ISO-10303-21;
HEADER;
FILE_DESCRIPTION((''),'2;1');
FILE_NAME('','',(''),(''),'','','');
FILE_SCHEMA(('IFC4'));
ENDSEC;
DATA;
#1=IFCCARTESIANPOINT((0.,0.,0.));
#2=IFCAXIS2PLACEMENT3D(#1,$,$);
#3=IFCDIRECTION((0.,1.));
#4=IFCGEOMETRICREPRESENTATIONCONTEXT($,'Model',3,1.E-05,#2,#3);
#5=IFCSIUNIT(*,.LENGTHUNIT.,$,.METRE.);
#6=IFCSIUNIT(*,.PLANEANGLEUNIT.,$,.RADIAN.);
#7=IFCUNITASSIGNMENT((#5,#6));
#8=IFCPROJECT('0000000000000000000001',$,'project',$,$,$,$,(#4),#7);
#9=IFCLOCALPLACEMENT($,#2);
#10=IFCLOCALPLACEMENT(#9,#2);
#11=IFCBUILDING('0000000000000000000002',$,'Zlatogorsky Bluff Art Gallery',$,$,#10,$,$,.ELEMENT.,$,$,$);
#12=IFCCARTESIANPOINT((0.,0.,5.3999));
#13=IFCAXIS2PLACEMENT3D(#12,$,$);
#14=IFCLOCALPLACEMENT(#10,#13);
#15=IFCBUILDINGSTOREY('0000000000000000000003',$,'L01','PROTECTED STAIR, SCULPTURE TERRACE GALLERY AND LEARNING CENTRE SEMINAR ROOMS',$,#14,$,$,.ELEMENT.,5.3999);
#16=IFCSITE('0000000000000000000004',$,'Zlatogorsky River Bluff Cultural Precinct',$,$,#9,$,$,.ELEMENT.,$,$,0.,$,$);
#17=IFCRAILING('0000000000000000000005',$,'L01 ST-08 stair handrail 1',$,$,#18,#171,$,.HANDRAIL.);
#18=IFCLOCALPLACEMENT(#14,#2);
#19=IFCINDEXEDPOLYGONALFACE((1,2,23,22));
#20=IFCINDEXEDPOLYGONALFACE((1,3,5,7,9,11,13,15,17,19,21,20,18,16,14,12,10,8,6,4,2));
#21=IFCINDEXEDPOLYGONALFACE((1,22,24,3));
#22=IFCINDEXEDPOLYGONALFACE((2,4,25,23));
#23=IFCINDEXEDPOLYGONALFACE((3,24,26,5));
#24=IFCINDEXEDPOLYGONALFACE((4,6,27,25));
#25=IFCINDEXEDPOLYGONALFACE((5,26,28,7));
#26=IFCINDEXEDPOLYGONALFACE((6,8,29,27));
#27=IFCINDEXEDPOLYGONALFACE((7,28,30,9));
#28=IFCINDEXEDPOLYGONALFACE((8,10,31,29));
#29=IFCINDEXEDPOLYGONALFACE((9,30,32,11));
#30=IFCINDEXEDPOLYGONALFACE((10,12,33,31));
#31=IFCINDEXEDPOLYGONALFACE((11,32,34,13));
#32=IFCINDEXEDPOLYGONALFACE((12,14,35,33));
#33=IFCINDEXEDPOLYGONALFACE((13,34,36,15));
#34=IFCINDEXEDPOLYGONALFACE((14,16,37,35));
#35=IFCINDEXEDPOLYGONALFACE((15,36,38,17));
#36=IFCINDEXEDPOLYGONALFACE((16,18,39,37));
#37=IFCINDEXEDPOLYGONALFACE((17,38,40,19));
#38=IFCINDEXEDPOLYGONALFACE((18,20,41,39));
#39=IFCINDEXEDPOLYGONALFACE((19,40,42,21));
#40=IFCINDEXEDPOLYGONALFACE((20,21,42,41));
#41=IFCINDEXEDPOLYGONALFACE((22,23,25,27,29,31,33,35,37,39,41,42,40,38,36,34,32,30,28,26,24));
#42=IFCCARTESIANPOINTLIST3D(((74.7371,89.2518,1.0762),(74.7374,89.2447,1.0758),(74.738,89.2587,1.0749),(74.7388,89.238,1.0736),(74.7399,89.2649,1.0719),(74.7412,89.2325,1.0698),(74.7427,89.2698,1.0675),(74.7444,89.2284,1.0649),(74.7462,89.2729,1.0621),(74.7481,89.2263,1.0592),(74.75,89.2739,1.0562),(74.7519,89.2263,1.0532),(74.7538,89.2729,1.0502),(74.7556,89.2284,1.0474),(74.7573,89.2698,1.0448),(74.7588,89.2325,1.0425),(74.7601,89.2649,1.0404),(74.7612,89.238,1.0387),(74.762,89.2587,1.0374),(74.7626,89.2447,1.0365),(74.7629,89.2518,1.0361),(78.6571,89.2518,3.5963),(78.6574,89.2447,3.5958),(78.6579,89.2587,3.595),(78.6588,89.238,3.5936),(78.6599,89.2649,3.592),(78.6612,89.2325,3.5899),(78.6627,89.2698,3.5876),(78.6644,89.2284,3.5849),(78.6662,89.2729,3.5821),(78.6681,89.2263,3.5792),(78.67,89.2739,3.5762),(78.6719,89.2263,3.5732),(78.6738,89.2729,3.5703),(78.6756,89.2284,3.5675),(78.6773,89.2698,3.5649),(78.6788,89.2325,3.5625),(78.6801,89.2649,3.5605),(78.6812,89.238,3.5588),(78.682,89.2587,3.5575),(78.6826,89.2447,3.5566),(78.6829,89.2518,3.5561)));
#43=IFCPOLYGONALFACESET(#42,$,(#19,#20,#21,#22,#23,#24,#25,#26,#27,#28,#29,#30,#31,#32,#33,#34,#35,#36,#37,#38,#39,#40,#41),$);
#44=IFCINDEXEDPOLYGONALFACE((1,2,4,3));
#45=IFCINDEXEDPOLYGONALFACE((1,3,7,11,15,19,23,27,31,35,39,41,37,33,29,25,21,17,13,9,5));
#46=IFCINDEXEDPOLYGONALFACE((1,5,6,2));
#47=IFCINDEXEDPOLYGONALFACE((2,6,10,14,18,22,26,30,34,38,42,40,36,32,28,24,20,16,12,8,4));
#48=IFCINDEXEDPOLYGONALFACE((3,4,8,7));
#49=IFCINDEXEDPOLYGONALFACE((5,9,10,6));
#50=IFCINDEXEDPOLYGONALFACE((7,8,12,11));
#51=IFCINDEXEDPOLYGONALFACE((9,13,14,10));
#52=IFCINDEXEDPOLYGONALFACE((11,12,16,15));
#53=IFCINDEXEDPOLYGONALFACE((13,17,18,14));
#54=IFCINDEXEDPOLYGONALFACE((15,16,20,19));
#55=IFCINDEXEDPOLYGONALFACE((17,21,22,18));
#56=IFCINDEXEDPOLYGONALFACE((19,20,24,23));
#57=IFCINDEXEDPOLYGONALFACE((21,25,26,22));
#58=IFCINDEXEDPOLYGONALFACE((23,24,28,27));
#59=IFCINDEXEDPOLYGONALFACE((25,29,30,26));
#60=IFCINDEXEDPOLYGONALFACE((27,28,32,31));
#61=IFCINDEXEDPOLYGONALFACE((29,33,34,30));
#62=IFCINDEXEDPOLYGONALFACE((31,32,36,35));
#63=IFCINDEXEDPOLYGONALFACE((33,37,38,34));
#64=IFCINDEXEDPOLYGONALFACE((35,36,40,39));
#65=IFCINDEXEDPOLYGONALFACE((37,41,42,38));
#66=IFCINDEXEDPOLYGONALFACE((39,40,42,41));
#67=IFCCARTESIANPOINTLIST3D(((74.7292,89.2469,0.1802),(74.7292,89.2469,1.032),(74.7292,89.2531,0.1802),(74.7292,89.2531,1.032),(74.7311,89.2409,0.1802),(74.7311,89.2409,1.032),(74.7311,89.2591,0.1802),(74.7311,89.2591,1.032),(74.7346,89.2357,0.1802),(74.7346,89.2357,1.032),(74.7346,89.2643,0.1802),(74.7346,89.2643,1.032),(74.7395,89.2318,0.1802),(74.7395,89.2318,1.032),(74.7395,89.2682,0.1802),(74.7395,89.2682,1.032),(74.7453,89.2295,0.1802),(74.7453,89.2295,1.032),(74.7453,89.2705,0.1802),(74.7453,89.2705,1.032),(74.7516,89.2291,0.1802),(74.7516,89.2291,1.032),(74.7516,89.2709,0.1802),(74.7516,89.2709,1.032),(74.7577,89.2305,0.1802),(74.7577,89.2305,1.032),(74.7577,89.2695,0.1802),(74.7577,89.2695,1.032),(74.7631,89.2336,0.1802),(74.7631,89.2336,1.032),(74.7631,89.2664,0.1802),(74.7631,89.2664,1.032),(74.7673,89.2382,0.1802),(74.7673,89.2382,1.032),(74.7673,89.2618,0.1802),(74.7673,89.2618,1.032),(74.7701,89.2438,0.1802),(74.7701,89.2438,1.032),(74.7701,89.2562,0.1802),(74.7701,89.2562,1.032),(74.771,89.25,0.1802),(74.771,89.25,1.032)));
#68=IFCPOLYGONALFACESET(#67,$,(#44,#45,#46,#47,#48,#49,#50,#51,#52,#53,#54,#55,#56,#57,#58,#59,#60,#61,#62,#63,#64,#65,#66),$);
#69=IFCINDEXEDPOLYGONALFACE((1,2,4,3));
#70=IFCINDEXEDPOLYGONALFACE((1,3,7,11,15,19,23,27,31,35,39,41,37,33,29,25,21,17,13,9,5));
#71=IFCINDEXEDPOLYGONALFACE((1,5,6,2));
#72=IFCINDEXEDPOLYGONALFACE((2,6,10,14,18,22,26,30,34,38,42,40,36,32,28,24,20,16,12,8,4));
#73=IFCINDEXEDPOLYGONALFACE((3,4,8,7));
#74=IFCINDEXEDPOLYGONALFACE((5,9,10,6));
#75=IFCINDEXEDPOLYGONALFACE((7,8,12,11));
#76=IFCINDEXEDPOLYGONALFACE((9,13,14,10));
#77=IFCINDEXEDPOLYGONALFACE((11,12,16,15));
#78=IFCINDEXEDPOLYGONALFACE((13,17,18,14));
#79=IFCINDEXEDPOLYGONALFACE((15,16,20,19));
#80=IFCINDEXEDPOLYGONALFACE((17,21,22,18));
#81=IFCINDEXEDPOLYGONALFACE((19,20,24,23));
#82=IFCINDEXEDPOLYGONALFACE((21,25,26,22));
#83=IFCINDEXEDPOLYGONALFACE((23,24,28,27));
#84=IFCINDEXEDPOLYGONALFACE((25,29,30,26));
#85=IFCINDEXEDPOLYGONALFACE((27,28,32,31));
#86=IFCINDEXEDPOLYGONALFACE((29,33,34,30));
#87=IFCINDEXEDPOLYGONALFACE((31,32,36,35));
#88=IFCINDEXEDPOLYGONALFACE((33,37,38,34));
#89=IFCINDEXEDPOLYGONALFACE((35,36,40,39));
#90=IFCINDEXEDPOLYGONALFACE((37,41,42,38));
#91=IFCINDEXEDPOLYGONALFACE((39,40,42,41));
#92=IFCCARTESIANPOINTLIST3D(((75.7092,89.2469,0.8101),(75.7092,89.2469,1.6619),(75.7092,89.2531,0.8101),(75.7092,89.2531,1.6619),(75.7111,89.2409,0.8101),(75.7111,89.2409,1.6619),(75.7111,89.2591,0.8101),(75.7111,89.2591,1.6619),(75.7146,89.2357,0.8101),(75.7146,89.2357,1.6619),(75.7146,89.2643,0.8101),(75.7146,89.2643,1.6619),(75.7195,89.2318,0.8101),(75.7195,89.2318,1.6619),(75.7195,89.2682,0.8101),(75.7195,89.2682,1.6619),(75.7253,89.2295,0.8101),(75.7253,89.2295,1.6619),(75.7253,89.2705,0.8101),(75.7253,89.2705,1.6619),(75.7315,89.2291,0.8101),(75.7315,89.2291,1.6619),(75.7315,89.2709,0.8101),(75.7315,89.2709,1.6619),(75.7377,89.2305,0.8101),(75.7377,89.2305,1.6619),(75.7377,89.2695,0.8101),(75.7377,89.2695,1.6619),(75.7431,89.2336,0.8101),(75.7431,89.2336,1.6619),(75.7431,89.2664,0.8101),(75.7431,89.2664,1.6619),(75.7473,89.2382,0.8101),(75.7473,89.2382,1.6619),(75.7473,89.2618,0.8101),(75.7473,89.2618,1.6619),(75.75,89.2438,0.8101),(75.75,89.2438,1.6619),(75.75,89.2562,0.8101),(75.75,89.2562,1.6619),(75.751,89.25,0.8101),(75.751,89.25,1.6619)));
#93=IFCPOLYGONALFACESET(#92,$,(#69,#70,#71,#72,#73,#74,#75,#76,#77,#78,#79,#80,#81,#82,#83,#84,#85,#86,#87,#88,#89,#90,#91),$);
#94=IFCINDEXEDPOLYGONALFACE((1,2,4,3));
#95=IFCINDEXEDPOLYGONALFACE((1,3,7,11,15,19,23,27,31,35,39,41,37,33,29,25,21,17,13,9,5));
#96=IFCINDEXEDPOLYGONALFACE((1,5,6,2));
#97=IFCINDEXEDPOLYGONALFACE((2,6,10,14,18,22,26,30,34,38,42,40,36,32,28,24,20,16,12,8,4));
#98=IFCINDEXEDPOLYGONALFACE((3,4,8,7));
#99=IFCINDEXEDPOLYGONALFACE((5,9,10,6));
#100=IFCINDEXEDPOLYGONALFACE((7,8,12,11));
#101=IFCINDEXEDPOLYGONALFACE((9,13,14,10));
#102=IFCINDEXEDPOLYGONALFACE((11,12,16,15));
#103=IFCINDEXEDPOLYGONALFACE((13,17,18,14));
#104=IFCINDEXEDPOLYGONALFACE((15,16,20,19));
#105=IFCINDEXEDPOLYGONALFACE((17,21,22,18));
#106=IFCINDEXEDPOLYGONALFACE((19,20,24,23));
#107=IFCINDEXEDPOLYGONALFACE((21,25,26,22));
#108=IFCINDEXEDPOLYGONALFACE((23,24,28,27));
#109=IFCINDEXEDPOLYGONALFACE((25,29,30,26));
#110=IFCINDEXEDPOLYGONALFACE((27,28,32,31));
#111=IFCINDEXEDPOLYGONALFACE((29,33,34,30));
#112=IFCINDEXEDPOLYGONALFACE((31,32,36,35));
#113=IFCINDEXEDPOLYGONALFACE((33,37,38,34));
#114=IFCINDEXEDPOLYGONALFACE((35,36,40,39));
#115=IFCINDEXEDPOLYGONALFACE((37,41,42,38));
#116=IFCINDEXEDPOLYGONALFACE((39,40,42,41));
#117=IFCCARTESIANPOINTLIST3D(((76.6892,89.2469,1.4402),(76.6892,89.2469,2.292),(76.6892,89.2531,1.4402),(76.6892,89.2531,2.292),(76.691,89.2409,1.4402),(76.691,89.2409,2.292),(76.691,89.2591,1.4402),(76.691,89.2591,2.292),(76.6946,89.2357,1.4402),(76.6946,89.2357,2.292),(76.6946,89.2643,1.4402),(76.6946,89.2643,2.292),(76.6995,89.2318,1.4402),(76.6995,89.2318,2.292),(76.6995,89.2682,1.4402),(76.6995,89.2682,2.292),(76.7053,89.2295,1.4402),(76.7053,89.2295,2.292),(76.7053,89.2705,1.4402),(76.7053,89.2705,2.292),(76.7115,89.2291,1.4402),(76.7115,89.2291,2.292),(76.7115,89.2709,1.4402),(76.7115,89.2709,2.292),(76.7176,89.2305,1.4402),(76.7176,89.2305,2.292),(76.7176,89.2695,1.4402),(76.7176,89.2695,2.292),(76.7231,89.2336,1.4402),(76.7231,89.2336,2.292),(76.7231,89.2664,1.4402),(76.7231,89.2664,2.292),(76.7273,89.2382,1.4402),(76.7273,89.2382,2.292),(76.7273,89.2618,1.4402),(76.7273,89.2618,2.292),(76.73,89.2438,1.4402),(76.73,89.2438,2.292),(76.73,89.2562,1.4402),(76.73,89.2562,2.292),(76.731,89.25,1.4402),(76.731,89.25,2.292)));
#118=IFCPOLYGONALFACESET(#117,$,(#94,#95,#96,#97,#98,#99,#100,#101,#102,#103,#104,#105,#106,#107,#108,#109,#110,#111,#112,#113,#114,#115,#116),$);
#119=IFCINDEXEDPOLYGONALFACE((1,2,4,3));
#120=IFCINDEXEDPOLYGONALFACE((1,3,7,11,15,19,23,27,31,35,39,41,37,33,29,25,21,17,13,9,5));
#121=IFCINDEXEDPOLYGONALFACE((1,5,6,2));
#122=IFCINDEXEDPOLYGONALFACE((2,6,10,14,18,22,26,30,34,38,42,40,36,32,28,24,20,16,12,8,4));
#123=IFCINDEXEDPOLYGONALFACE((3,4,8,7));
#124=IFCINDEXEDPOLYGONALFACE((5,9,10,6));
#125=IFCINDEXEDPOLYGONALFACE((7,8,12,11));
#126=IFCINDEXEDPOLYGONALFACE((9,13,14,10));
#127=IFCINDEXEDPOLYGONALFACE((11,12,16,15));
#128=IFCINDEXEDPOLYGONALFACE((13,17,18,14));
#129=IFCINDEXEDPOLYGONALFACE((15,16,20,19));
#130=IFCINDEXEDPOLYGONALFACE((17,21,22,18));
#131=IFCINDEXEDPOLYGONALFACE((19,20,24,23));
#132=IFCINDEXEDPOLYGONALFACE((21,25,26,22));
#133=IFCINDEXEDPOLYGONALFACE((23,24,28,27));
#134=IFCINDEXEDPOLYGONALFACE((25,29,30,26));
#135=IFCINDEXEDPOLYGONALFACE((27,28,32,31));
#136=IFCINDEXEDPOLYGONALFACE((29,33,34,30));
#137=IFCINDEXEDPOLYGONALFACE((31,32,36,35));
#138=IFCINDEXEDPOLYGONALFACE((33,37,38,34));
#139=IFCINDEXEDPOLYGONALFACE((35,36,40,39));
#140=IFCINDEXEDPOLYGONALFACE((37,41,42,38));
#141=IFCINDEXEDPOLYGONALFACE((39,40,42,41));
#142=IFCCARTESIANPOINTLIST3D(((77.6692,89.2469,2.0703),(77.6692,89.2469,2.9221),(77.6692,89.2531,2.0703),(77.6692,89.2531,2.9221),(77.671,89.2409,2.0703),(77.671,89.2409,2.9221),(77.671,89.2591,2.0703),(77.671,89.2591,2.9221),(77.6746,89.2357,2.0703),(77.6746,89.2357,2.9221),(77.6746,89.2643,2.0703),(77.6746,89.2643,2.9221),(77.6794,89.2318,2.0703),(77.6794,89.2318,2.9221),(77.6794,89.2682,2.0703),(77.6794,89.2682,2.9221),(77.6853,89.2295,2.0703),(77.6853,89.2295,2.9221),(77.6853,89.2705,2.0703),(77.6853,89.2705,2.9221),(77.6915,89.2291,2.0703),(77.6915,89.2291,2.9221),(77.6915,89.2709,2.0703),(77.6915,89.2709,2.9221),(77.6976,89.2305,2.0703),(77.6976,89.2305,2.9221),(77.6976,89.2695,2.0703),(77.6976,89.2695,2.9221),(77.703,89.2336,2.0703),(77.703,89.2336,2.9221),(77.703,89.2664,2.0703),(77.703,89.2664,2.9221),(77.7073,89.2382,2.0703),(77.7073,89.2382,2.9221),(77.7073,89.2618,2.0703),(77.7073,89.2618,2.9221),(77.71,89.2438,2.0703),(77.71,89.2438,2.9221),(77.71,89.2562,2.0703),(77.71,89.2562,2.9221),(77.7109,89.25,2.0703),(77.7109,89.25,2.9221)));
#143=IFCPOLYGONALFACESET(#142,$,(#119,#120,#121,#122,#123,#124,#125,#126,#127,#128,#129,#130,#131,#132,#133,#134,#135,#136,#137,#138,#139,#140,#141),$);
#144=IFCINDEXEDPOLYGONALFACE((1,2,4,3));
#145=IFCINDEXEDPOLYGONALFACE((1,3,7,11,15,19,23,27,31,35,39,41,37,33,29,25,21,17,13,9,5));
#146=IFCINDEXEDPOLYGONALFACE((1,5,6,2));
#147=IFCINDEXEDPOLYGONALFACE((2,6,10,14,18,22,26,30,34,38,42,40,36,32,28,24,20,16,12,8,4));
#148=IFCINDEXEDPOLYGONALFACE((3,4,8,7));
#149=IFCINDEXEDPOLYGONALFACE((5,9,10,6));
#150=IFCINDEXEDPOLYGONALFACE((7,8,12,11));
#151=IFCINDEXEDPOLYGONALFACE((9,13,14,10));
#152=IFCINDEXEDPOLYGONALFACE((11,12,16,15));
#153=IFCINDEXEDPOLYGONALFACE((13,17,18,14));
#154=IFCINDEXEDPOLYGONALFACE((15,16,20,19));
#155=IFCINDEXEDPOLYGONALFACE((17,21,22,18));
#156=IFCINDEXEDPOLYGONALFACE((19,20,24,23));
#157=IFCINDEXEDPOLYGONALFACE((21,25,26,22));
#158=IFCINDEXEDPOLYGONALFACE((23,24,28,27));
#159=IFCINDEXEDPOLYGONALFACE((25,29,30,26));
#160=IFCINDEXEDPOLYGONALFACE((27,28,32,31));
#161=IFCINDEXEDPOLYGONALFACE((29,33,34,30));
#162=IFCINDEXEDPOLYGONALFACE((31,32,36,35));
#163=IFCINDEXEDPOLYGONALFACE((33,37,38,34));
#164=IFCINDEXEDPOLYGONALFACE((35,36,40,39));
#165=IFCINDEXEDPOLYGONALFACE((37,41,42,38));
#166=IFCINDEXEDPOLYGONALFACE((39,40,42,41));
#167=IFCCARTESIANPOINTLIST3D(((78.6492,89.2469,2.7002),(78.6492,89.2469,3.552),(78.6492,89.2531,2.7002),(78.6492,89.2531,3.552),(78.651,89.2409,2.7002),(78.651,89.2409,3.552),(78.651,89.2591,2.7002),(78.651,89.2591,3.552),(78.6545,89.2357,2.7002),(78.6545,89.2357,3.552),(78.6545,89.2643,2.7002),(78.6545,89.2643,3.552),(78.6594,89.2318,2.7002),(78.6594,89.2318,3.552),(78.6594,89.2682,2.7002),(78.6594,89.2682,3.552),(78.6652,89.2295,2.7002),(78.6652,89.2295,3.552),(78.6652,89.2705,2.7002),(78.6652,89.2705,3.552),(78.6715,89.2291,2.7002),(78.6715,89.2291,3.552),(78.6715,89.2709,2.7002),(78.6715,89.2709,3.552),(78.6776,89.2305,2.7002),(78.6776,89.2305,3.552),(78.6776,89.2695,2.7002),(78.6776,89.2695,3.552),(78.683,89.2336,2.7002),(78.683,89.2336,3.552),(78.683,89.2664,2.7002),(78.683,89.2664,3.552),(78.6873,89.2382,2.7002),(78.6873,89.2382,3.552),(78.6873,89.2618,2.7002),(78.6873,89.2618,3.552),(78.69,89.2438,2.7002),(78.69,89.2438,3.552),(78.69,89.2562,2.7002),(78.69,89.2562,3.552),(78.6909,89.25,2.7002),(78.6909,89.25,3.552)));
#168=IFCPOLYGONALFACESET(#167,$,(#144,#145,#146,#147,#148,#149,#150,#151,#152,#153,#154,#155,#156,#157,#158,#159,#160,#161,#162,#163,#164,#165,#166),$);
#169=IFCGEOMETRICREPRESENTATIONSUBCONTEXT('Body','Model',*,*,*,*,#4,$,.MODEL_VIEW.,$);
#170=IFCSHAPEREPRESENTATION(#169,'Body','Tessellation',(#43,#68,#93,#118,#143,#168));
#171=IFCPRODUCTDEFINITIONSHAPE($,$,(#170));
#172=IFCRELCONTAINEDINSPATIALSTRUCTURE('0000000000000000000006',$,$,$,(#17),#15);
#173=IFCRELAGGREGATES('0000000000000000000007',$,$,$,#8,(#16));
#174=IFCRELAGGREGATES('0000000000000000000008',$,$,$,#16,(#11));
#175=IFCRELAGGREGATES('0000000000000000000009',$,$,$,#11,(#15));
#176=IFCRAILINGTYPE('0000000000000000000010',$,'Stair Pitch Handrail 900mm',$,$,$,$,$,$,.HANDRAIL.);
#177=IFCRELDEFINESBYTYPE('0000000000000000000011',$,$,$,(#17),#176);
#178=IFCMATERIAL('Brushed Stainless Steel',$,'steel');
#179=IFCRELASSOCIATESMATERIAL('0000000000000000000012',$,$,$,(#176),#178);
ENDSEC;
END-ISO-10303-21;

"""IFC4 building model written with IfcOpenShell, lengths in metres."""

from ifc_helpers import new_model, si_unit, direction, frame, origin, origin_2d, place, context, subcontext, project, spatial, circle, extrude, material, type_object, element, save


model = new_model("IFC4")

# Units and contexts
model_context = context("Model", 3, precision=1e-05, world=origin(), true_north=direction((0.0, 1.0)))
body_context = subcontext(model_context, "Body", "Model", "MODEL_VIEW")
ifc_project = project(units=[si_unit("LENGTHUNIT", "METRE"), si_unit("PLANEANGLEUNIT", "RADIAN")], contexts=[model_context])

# Site, building, storey
site_placement = place(None, origin())
site = spatial("IfcSite", under=ifc_project, at=site_placement, Name="Zlatogorsky River Bluff Cultural Precinct", CompositionType="ELEMENT", RefElevation=0.0)
building_placement = place(site_placement, origin())
building = spatial("IfcBuilding", under=site, at=building_placement, Name="Zlatogorsky Bluff Art Gallery", CompositionType="ELEMENT")
storey_placement = place(building_placement, frame((0.0, 0.0, 5.3999)))
storey = spatial("IfcBuildingStorey", under=building, at=storey_placement, Name="L01", Description="PROTECTED STAIR, SCULPTURE TERRACE GALLERY AND LEARNING CENTRE SEMINAR ROOMS", CompositionType="ELEMENT", Elevation=5.3999)

# Railing
ifc_material_1 = material(Name="Brushed Stainless Steel", Category="steel")
railing_type_1 = type_object("IfcRailingType", Name="Stair Pitch Handrail 900mm", PredefinedType="HANDRAIL", material=ifc_material_1)
railing_1_placement = place(storey_placement, frame((74.75, 89.25, 0.1802)))
element("IfcRailing", 1, at=railing_1_placement, inside=storey, type_object=railing_type_1, Name="L01 ST-08 stair handrail 1", PredefinedType="HANDRAIL", context=body_context, shape_type="SweptSolid", body=[
    extrude(circle(Radius=0.0239, at=origin_2d()), frame((0.0, 0.0, 0.876), z_axis=(0.841172, 0.0, 0.540768), x_axis=(0.0, 1.0, 0.0)), (0.0, 0.0, 1.0), 4.6602),
    extrude(circle(Radius=0.021, at=origin_2d()), origin(), (0.0, 0.0, 1.0), 0.8518),
    extrude(circle(Radius=0.021, at=origin_2d()), frame((0.98, 0.0, 0.6299)), (0.0, 0.0, 1.0), 0.8518),
    extrude(circle(Radius=0.021, at=origin_2d()), frame((1.96, 0.0, 1.26)), (0.0, 0.0, 1.0), 0.8518),
    extrude(circle(Radius=0.021, at=origin_2d()), frame((2.9399, 0.0, 1.8901)), (0.0, 0.0, 1.0), 0.8518),
    extrude(circle(Radius=0.021, at=origin_2d()), frame((3.9199, 0.0, 2.52)), (0.0, 0.0, 1.0), 0.8518),
])

save(model, "model.ifc")
